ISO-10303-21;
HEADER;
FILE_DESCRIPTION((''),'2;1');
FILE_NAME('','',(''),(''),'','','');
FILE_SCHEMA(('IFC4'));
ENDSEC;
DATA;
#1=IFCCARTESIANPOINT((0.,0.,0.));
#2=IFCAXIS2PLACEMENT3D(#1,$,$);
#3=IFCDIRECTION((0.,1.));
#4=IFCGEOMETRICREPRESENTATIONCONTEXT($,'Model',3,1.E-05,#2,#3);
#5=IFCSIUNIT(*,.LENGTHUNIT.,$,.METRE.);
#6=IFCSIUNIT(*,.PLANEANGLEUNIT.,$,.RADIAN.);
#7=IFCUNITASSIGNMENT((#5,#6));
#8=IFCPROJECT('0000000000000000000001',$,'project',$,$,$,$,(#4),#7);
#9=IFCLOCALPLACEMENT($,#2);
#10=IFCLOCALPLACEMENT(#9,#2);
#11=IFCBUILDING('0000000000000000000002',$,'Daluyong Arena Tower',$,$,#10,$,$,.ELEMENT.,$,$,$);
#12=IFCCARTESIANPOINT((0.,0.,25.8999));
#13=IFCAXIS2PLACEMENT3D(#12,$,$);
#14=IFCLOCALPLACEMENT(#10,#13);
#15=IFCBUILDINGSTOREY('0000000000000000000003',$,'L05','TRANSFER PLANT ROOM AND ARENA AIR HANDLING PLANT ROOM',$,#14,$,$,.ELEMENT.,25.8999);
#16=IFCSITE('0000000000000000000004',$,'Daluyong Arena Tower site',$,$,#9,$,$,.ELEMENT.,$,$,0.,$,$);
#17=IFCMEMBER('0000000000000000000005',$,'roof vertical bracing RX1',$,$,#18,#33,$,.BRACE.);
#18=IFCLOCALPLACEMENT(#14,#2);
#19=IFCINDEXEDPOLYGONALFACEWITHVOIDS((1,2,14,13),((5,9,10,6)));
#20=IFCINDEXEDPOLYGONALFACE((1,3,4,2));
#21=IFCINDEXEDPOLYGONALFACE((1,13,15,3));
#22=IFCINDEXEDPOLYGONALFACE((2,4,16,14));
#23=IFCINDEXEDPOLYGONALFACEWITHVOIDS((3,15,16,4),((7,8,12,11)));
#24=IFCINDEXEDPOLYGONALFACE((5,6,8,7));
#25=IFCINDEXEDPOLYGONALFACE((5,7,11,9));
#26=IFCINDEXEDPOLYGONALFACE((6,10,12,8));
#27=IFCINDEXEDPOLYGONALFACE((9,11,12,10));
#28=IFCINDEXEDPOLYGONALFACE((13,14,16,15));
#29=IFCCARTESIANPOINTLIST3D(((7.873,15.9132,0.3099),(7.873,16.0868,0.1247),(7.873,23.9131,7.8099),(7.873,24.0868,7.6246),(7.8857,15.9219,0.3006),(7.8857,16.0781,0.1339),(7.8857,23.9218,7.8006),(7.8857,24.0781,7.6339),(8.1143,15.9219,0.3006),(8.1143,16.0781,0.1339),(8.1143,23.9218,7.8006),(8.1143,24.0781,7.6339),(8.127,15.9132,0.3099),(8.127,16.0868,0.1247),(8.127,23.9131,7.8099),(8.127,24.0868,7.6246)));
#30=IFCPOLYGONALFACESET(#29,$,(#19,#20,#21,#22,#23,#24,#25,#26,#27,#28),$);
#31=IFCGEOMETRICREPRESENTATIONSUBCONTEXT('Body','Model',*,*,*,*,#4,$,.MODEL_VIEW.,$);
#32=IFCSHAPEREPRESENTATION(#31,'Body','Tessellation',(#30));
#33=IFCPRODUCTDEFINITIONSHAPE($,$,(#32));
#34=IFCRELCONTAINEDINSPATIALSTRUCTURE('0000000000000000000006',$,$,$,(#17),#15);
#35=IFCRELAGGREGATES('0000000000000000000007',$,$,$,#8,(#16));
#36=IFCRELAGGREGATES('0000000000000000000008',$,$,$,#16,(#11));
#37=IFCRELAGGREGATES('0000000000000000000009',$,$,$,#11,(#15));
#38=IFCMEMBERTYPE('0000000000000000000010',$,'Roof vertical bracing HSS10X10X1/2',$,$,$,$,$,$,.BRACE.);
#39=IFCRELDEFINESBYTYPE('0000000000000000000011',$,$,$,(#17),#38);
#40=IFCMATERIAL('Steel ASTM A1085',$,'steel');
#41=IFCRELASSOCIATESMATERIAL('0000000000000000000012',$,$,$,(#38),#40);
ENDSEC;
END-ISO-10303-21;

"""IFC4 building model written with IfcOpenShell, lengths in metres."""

from ifc_helpers import new_model, si_unit, direction, frame, origin, origin_2d, place, context, subcontext, project, spatial, hollow_rectangle, extrude, material, material_profile, profile_set, type_object, element, save


model = new_model("IFC4")

# Units and contexts
model_context = context("Model", 3, precision=1e-05, world=origin(), true_north=direction((0.0, 1.0)))
body_context = subcontext(model_context, "Body", "Model", "MODEL_VIEW")
ifc_project = project(units=[si_unit("LENGTHUNIT", "METRE"), si_unit("PLANEANGLEUNIT", "RADIAN")], contexts=[model_context])

# Site, building, storey
site_placement = place(None, origin())
site = spatial("IfcSite", under=ifc_project, at=site_placement, Name="Daluyong Arena Tower site", CompositionType="ELEMENT", RefElevation=0.0)
building_placement = place(site_placement, origin())
building = spatial("IfcBuilding", under=site, at=building_placement, Name="Daluyong Arena Tower", CompositionType="ELEMENT")
storey_placement = place(building_placement, frame((0.0, 0.0, 25.8999)))
storey = spatial("IfcBuildingStorey", under=building, at=storey_placement, Name="L05", Description="TRANSFER PLANT ROOM AND ARENA AIR HANDLING PLANT ROOM", CompositionType="ELEMENT", Elevation=25.8999)

# Member
ifc_material_1 = material(Name="Steel ASTM A1085", Category="steel")
ifc_material_profile_1 = material_profile(ifc_material_1, hollow_rectangle(XDim=0.2539, YDim=0.2539, WallThickness=0.0127, at=origin_2d()))
ifc_profile_set_1 = profile_set([ifc_material_profile_1], Name="Steel ASTM A1085")
member_type_1 = type_object("IfcMemberType", Name="Roof vertical bracing HSS10X10X1/2", PredefinedType="BRACE", material=ifc_profile_set_1)
for number, where, z_axis, x_axis, name in (
    (1, (8.0, 16.0, 0.2173), (0.0, 0.729537, 0.683941), (-1.0, 0.0, 0.0), "roof vertical bracing RX1"),
):
    element("IfcMember", number, at=place(storey_placement, frame(where, z_axis=z_axis, x_axis=x_axis)), inside=storey, type_object=member_type_1, Name=name, PredefinedType="BRACE", context=body_context, shape_type="SweptSolid", body=[
        extrude(hollow_rectangle(XDim=0.2539, YDim=0.2539, WallThickness=0.0127, at=origin_2d()), origin(), (0.0, 0.0, 1.0), 10.9658),
    ])

save(model, "model.ifc")
